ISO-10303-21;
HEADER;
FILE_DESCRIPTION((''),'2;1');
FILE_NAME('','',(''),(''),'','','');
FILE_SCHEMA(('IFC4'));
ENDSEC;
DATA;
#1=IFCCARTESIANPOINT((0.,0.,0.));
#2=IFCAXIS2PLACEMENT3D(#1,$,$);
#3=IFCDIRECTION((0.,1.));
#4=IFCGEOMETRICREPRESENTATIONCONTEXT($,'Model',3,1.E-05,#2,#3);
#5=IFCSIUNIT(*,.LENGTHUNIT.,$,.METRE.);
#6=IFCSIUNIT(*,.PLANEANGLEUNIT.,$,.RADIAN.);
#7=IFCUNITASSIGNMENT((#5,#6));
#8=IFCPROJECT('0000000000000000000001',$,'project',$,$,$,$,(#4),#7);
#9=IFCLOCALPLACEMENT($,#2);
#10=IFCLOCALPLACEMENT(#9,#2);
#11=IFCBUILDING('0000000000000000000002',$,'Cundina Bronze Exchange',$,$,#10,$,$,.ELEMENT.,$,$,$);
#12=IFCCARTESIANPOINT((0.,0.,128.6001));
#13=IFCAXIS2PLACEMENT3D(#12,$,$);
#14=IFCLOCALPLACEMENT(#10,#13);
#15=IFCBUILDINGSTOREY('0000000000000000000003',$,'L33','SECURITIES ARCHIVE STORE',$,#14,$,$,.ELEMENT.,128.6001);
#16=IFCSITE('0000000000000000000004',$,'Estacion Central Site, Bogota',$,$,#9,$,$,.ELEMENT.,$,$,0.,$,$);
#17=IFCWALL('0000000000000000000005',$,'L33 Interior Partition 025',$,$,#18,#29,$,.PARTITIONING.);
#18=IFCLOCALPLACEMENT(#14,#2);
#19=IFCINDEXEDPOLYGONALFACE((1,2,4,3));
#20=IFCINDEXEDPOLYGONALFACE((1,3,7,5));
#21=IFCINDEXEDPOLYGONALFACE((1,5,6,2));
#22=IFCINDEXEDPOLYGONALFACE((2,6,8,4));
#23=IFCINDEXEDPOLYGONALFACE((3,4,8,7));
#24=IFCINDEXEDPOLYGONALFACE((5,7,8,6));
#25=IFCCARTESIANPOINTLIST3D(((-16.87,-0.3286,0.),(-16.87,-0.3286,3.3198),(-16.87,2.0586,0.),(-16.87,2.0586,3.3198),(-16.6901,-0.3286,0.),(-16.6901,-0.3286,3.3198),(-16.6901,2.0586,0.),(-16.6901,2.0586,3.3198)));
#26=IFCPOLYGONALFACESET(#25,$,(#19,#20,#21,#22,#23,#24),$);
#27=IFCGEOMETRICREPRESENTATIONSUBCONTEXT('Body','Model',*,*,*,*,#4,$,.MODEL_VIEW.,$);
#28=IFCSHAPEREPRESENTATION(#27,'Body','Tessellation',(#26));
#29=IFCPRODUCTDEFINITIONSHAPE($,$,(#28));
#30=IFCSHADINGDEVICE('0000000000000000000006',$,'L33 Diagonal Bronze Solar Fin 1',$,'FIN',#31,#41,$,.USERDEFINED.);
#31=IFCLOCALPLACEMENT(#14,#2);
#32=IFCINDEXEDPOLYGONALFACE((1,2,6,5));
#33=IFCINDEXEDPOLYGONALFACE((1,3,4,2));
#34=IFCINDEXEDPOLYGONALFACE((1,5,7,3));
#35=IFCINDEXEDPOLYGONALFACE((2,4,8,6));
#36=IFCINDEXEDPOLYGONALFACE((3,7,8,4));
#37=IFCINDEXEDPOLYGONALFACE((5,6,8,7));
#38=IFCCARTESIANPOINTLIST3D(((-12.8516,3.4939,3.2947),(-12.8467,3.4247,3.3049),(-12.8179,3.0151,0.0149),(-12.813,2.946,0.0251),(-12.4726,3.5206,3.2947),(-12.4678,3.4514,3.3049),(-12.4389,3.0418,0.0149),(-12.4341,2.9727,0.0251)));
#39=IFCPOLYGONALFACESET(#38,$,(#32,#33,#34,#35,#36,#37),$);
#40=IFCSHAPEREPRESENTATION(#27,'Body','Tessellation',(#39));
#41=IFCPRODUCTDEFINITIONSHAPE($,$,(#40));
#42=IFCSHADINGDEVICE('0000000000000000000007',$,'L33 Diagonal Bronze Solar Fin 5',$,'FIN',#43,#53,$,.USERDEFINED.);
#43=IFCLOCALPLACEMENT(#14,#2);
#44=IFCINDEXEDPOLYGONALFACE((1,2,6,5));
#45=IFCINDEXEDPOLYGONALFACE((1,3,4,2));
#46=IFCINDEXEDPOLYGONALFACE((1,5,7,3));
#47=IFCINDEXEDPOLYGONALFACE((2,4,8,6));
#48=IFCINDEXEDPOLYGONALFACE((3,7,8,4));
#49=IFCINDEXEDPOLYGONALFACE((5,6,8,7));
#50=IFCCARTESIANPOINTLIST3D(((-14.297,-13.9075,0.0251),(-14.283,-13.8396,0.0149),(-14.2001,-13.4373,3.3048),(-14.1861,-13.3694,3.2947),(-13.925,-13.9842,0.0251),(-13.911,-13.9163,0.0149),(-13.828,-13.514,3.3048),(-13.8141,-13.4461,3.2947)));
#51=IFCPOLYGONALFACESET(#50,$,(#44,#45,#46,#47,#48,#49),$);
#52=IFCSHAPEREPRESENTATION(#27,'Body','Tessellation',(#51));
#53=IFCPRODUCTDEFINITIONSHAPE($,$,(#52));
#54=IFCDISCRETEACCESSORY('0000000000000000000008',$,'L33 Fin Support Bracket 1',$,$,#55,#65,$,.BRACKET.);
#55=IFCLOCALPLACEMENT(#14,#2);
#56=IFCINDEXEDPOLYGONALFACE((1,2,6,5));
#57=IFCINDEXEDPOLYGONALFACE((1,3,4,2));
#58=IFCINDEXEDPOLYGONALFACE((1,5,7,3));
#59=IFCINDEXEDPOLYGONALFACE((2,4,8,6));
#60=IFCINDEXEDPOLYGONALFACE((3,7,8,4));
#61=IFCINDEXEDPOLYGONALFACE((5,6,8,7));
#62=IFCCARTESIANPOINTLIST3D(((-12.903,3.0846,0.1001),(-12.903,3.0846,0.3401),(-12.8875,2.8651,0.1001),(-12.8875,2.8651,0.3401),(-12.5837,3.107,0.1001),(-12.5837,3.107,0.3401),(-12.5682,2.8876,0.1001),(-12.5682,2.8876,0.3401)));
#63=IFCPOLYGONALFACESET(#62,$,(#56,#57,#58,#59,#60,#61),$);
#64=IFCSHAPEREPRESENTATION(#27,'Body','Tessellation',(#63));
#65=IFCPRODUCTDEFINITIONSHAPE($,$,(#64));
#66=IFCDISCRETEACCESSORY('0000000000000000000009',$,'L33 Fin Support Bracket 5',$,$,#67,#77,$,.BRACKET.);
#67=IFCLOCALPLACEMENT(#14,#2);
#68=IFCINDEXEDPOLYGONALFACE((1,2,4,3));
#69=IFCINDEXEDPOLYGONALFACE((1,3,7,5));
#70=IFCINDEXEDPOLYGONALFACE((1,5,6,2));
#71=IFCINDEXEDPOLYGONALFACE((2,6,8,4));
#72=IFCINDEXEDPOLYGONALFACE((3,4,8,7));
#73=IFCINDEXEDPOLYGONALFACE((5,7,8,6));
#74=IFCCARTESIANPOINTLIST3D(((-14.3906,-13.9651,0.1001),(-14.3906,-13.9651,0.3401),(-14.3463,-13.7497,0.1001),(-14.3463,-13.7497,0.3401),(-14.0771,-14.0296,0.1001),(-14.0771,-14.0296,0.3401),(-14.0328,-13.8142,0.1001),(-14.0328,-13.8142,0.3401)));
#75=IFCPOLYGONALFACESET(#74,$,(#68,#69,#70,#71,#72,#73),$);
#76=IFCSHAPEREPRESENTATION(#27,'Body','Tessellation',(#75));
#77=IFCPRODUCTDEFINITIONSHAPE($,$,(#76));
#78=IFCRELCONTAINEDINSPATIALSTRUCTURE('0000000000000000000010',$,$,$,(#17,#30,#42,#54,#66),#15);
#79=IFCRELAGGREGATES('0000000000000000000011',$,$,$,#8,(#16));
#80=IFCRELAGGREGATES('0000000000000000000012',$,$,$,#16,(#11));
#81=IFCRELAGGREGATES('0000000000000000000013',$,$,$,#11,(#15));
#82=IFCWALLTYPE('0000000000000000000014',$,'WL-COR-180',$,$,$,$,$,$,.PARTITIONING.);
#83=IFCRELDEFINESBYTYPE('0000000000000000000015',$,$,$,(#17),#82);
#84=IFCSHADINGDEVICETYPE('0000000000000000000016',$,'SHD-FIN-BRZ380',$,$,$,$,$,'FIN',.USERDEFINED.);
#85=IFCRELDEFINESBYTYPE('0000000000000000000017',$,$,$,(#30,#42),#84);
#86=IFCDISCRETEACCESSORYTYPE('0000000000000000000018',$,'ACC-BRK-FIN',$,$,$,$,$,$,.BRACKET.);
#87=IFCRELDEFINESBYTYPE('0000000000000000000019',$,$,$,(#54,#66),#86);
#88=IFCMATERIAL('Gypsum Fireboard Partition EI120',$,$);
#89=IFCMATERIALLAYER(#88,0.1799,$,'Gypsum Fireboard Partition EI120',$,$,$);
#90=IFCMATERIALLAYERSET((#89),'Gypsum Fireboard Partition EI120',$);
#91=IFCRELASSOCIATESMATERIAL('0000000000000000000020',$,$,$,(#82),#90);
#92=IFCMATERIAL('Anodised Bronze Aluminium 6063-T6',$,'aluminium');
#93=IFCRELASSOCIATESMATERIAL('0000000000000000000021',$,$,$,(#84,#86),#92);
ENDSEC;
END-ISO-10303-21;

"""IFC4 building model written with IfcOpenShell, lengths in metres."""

from ifc_helpers import new_model, si_unit, direction, frame, frame_2d, origin, origin_2d, place, context, subcontext, project, spatial, rectangle, extrude, material, layer, layer_set, material_profile, profile_set, type_object, element, save


model = new_model("IFC4")

# Units and contexts
model_context = context("Model", 3, precision=1e-05, world=origin(), true_north=direction((0.0, 1.0)))
body_context = subcontext(model_context, "Body", "Model", "MODEL_VIEW")
ifc_project = project(units=[si_unit("LENGTHUNIT", "METRE"), si_unit("PLANEANGLEUNIT", "RADIAN")], contexts=[model_context])

# Site, building, storey
site_placement = place(None, origin())
site = spatial("IfcSite", under=ifc_project, at=site_placement, Name="Estacion Central Site, Bogota", CompositionType="ELEMENT", RefElevation=0.0)
building_placement = place(site_placement, origin())
building = spatial("IfcBuilding", under=site, at=building_placement, Name="Cundina Bronze Exchange", CompositionType="ELEMENT")
storey_placement = place(building_placement, frame((0.0, 0.0, 128.6001)))
storey = spatial("IfcBuildingStorey", under=building, at=storey_placement, Name="L33", Description="SECURITIES ARCHIVE STORE", CompositionType="ELEMENT", Elevation=128.6001)

# Shared definitions
ifc_material_1 = material(Name="Anodised Bronze Aluminium 6063-T6", Category="aluminium")

# Wall
ifc_material_2 = material(Name="Gypsum Fireboard Partition EI120")
ifc_layer_1 = layer(ifc_material_2, 0.1799, Name="Gypsum Fireboard Partition EI120")
ifc_layer_set_1 = layer_set([ifc_layer_1], Name="Gypsum Fireboard Partition EI120")
wall_type = type_object("IfcWallType", Name="WL-COR-180", PredefinedType="PARTITIONING", material=ifc_layer_set_1)
wall_1_placement = place(storey_placement, frame((-16.78, -0.3286, 0.0), z_axis=(0.0, 0.0, 1.0), x_axis=(0.0, 1.0, 0.0)))
element("IfcWall", 1, at=wall_1_placement, inside=storey, type_object=wall_type, Name="L33 Interior Partition 025", PredefinedType="PARTITIONING", context=body_context, shape_type="SweptSolid", body=[
    extrude(rectangle(XDim=2.3872, YDim=0.1799, at=frame_2d((1.1936, 0.0))), origin(), (0.0, 0.0, 1.0), 3.3198),
])

# Shading devices
ifc_material_profile_1 = material_profile(ifc_material_1, rectangle(XDim=0.0701, YDim=0.3799, at=origin_2d()), Name="FIN70X380", Category="aluminium")
ifc_profile_set_1 = profile_set([ifc_material_profile_1], Name="Anodised Bronze Aluminium 6063-T6")
shading_device_type = type_object("IfcShadingDeviceType", Name="SHD-FIN-BRZ380", ElementType="FIN", PredefinedType="USERDEFINED", material=ifc_profile_set_1)
for number, where, z_axis, x_axis, name in (
    (2, (-12.626, 2.9939, 0.02), (-0.010164, 0.144435, 0.989462), (0.069459, -0.987021, 0.144792), "L33 Diagonal Bronze Solar Fin 1"),
    (3, (-14.104, -13.9119, 0.02), (0.02924, 0.141856, 0.989455), (-0.199754, -0.969082, 0.144838), "L33 Diagonal Bronze Solar Fin 5"),
):
    element("IfcShadingDevice", number, at=place(storey_placement, frame(where, z_axis=z_axis, x_axis=x_axis)), inside=storey, type_object=shading_device_type, Name=name, ObjectType="FIN", PredefinedType="USERDEFINED", context=body_context, shape_type="SweptSolid", body=[
        extrude(rectangle(XDim=0.0701, YDim=0.3799, at=origin_2d()), origin(), (0.0, 0.0, 1.0), 3.3147),
    ])

# Discrete accessories
discrete_accessory_type = type_object("IfcDiscreteAccessoryType", Name="ACC-BRK-FIN", PredefinedType="BRACKET", material=ifc_material_1)
for number, where, z_axis, x_axis, name in (
    (4, (-12.7356, 2.9861, 0.1001), (0.0, 0.0, 1.0), (-0.070279, 0.997527, 0.0), "L33 Fin Support Bracket 1"),
    (5, (-14.2117, -13.8896, 0.1001), (0.0, 0.0, 1.0), (0.20142, 0.979505, 0.0), "L33 Fin Support Bracket 5"),
):
    element("IfcDiscreteAccessory", number, at=place(storey_placement, frame(where, z_axis=z_axis, x_axis=x_axis)), inside=storey, type_object=discrete_accessory_type, Name=name, PredefinedType="BRACKET", context=body_context, shape_type="SweptSolid", body=[
        extrude(rectangle(XDim=0.22, YDim=0.3201, at=origin_2d()), origin(), (0.0, 0.0, 1.0), 0.24),
    ])

save(model, "model.ifc")
